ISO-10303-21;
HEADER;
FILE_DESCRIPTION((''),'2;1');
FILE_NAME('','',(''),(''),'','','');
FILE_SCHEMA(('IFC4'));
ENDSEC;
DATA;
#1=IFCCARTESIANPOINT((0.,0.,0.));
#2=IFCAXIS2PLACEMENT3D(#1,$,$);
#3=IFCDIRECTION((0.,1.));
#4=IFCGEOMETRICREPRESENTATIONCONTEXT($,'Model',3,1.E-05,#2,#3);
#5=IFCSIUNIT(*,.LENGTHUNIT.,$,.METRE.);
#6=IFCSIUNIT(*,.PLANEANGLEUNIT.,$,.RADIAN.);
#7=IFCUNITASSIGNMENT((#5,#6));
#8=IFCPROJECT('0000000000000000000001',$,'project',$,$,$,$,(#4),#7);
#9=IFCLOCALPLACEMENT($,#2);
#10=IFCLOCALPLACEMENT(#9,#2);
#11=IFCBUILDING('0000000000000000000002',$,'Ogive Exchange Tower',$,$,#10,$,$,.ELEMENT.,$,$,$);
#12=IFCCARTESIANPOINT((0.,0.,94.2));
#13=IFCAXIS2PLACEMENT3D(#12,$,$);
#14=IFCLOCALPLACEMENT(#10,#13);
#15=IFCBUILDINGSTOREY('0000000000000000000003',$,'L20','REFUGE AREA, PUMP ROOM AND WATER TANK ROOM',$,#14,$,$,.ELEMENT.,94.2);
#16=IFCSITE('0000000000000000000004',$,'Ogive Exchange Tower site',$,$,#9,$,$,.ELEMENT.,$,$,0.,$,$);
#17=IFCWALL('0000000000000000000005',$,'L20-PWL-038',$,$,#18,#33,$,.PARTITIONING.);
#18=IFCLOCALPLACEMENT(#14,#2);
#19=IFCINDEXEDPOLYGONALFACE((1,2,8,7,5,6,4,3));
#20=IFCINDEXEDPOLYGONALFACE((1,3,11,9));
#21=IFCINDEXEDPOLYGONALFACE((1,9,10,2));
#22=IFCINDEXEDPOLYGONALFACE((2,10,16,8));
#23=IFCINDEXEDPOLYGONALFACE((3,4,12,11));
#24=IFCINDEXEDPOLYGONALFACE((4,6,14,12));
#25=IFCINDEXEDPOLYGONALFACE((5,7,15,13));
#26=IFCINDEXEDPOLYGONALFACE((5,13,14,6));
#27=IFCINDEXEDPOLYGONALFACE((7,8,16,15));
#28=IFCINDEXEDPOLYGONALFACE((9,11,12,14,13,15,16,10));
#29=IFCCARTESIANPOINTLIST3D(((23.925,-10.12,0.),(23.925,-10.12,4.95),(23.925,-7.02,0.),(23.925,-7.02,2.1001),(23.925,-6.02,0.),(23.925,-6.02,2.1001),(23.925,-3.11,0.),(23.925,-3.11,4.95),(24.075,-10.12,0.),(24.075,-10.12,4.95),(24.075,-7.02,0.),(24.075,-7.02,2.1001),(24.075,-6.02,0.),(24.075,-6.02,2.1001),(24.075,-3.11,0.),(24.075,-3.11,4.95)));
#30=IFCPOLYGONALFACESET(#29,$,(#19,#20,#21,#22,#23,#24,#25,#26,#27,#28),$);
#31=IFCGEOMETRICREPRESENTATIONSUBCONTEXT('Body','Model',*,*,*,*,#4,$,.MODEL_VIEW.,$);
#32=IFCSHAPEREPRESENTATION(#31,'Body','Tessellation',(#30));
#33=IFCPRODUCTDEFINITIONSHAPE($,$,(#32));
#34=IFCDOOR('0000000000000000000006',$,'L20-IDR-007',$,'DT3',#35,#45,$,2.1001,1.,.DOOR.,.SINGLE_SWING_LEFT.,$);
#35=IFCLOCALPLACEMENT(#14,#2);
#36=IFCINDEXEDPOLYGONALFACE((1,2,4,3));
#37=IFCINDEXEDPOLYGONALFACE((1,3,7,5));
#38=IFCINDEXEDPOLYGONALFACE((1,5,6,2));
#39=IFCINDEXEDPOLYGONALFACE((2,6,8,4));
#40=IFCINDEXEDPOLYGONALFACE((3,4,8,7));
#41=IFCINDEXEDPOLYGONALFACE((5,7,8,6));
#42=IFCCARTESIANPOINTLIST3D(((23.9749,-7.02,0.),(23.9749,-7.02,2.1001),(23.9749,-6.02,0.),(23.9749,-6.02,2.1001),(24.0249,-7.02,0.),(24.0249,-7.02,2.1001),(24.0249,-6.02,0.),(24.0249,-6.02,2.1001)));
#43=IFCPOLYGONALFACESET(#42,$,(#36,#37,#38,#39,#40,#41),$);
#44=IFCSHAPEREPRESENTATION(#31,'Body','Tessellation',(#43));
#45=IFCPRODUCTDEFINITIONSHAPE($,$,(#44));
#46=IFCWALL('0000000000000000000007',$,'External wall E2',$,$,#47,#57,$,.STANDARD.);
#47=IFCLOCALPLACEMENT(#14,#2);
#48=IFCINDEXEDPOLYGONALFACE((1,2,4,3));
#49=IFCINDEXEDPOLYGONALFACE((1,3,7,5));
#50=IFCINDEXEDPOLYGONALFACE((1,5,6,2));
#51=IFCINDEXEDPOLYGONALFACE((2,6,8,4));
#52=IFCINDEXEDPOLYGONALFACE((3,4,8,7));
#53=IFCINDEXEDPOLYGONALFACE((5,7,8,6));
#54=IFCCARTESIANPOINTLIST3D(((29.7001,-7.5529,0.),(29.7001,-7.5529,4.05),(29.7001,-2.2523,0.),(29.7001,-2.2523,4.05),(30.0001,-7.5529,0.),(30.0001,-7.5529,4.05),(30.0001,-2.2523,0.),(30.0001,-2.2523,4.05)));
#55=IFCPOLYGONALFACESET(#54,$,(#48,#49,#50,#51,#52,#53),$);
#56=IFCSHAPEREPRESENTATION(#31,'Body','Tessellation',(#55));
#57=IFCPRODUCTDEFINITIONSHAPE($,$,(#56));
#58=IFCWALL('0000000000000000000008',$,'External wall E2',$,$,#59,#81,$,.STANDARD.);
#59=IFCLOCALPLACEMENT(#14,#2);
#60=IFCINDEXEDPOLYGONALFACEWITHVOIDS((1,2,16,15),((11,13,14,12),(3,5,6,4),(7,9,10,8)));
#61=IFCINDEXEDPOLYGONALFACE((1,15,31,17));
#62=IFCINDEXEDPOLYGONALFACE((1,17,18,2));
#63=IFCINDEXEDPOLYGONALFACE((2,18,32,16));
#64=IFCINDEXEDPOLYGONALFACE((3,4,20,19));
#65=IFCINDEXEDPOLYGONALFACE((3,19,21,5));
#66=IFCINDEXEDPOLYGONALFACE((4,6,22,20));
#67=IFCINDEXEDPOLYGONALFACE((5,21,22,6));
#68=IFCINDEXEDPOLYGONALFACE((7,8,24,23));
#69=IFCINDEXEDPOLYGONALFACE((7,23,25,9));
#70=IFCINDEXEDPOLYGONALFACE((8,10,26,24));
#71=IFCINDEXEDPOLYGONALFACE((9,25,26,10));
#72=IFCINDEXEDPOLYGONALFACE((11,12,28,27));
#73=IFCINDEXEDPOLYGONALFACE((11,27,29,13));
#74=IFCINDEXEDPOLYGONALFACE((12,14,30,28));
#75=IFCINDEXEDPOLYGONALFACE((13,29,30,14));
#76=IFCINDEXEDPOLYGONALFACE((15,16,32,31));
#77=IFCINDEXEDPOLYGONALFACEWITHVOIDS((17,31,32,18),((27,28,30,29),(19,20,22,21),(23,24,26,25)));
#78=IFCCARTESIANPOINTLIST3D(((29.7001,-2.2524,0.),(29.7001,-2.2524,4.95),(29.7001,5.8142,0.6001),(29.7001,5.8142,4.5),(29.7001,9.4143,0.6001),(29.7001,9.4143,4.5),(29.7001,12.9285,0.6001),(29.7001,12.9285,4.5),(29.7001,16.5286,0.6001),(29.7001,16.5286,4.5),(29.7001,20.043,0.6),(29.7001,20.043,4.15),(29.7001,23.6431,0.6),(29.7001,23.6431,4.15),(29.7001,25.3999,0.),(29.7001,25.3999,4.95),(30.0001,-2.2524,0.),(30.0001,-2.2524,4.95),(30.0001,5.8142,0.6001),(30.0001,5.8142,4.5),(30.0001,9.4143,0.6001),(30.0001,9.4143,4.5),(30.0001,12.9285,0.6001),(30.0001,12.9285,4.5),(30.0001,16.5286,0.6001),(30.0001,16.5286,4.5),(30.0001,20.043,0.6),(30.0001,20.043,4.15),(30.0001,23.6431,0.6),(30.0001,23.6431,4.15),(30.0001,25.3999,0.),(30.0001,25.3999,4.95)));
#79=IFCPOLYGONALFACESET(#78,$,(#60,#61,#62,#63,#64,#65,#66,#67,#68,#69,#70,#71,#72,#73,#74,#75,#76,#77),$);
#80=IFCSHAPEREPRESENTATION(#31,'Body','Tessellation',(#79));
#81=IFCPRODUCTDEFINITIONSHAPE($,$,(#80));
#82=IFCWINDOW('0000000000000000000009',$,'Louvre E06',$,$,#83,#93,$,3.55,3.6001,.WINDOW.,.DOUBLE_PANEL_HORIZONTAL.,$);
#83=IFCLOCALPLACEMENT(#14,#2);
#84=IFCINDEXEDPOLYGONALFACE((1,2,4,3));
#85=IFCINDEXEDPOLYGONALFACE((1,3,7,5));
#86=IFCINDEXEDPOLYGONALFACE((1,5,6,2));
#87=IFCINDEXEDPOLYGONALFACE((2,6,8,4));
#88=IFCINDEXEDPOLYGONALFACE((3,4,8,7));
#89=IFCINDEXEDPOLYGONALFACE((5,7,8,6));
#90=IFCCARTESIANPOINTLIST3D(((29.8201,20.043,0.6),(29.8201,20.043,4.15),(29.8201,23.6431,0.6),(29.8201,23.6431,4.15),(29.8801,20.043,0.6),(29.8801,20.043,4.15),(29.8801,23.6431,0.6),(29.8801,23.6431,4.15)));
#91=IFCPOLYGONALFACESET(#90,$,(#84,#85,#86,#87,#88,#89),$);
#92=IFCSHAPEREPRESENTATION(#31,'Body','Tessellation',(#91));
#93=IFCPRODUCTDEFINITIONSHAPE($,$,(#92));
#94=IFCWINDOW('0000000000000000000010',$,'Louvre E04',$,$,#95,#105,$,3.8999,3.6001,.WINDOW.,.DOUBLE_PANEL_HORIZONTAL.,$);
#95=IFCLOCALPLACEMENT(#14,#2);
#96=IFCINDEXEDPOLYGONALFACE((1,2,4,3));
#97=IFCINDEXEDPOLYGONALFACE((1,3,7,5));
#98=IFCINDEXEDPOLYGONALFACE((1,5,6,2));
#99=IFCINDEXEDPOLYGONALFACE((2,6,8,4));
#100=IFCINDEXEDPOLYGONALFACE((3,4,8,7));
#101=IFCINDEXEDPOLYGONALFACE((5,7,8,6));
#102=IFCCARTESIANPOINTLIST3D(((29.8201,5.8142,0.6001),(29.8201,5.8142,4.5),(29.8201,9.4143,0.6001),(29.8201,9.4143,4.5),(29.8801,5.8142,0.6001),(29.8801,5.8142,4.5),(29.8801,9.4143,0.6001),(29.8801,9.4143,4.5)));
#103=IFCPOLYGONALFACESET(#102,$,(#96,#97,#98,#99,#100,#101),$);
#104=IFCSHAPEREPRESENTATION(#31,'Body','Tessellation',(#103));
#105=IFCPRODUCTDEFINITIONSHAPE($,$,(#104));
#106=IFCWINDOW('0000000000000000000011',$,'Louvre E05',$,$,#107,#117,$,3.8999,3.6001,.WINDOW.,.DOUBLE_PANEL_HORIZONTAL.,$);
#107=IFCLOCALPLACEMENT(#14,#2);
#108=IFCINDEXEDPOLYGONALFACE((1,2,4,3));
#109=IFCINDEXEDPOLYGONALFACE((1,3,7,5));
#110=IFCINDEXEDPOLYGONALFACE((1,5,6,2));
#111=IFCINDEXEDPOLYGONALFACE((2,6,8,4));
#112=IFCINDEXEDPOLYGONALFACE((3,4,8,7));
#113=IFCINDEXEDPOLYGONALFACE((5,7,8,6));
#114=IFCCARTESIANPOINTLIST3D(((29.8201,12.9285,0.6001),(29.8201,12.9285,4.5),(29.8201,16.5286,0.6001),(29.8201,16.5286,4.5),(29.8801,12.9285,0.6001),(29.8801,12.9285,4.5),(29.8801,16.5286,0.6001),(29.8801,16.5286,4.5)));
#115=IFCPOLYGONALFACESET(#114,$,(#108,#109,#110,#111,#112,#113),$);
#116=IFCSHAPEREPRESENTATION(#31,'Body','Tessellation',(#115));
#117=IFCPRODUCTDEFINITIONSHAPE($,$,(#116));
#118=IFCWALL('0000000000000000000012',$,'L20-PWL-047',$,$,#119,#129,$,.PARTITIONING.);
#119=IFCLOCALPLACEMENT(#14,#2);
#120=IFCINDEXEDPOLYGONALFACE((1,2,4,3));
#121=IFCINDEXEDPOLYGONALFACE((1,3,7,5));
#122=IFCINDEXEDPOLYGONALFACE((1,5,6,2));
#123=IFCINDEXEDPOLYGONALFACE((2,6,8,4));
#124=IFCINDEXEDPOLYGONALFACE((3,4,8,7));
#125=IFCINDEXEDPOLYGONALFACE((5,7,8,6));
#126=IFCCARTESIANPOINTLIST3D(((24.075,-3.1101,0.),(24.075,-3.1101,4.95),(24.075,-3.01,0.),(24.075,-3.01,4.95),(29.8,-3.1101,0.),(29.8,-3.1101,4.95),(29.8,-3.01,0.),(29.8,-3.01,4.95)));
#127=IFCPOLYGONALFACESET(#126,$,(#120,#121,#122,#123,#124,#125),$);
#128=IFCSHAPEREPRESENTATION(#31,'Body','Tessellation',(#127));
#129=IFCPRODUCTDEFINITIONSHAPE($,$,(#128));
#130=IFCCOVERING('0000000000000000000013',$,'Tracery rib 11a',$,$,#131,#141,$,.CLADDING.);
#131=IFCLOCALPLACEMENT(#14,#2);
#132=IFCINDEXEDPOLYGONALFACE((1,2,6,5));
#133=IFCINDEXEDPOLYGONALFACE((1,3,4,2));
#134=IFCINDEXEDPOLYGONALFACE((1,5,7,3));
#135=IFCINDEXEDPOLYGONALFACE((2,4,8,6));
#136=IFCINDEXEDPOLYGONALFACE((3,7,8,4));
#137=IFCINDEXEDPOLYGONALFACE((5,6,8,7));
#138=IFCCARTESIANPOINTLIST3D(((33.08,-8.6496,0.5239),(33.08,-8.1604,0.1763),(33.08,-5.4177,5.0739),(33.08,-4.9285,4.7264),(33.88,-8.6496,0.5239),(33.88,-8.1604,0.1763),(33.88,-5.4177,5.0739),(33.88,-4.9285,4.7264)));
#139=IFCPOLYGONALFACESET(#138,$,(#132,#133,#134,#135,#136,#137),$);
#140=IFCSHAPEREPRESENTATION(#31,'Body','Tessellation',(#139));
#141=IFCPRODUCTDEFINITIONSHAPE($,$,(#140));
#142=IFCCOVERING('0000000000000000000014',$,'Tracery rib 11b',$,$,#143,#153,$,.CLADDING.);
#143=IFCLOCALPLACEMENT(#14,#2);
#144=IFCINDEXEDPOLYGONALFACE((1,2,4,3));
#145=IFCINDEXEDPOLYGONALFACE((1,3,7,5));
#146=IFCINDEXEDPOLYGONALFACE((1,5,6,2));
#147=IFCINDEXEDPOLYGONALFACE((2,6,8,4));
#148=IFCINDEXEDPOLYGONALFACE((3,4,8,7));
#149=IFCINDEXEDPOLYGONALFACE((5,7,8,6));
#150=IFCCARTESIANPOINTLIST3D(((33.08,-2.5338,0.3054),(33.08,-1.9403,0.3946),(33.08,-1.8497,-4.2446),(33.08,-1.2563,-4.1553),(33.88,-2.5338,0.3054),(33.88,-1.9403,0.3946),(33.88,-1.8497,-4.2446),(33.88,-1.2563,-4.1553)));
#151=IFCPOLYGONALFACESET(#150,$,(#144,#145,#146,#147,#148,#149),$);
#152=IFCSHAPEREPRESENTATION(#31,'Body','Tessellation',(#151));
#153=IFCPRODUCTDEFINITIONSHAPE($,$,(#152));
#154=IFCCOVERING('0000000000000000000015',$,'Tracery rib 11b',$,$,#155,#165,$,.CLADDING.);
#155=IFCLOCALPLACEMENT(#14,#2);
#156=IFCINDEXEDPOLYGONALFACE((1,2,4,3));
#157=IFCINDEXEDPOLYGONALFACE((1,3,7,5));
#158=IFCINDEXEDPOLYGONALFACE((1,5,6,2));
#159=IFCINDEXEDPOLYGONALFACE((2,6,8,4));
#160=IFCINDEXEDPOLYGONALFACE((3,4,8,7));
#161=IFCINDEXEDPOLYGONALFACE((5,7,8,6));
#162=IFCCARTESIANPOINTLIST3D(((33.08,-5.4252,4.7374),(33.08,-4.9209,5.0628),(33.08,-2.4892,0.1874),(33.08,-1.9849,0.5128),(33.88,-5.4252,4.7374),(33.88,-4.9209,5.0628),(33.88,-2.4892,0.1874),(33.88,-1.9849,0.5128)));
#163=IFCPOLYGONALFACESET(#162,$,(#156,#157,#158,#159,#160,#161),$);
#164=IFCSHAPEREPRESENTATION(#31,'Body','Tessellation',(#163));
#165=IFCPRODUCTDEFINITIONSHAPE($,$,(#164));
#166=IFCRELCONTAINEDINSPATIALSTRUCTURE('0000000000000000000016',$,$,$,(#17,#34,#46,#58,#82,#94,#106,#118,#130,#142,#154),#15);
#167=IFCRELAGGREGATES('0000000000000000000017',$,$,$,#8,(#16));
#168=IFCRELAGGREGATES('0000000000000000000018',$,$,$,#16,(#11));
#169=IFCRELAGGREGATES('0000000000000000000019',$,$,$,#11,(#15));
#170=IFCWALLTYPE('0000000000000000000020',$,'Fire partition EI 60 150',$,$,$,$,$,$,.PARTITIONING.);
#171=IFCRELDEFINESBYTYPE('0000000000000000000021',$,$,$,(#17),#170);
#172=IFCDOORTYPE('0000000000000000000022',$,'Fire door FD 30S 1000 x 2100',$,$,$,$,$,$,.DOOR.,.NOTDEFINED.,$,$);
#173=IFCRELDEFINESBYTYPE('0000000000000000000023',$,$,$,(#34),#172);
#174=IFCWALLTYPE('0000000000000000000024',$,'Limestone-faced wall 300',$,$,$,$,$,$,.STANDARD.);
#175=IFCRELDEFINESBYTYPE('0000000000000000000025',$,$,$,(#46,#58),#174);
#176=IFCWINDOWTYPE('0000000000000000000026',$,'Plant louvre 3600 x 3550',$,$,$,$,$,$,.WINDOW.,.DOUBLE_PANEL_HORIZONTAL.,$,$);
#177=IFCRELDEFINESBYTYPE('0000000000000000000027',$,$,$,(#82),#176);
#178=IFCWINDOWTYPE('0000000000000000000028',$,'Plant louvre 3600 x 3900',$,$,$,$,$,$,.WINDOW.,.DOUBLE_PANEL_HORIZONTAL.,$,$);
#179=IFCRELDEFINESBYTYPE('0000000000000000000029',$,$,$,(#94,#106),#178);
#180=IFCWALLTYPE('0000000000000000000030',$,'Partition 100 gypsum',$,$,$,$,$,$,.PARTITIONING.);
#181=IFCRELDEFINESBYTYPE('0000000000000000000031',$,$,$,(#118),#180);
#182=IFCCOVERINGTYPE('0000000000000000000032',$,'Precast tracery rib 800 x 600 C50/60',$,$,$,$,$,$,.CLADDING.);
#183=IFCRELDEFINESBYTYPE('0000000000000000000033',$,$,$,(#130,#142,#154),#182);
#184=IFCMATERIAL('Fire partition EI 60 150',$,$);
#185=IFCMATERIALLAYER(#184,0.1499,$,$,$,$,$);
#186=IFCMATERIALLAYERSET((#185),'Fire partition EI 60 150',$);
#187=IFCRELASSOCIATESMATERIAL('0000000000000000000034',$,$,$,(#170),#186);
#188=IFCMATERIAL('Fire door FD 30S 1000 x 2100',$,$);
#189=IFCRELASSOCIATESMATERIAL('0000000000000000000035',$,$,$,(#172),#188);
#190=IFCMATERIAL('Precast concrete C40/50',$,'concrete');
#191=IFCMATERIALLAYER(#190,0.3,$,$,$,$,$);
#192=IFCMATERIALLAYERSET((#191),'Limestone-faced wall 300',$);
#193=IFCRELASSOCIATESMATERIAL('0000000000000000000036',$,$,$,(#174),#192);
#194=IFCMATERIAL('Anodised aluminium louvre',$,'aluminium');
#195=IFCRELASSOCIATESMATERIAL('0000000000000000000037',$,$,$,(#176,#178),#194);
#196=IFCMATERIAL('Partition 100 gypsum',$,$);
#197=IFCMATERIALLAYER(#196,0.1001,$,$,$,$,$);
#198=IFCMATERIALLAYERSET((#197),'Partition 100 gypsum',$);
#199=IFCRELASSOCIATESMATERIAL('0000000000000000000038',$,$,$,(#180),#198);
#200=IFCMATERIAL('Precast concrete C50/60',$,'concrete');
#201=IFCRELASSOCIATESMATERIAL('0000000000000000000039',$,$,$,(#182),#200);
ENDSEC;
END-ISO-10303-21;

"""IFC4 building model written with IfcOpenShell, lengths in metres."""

from ifc_helpers import new_model, si_unit, direction, frame, frame_2d, origin, origin_2d, place, context, subcontext, project, spatial, rectangle, extrude, material, layer, layer_set, material_profile, profile_set, type_object, element, fill, save


model = new_model("IFC4")

# Units and contexts
model_context = context("Model", 3, precision=1e-05, world=origin(), true_north=direction((0.0, 1.0)))
body_context = subcontext(model_context, "Body", "Model", "MODEL_VIEW")
ifc_project = project(units=[si_unit("LENGTHUNIT", "METRE"), si_unit("PLANEANGLEUNIT", "RADIAN")], contexts=[model_context])

# Site, building, storey
site_placement = place(None, origin())
site = spatial("IfcSite", under=ifc_project, at=site_placement, Name="Ogive Exchange Tower site", CompositionType="ELEMENT", RefElevation=0.0)
building_placement = place(site_placement, origin())
building = spatial("IfcBuilding", under=site, at=building_placement, Name="Ogive Exchange Tower", CompositionType="ELEMENT")
storey_placement = place(building_placement, frame((0.0, 0.0, 94.2)))
storey = spatial("IfcBuildingStorey", under=building, at=storey_placement, Name="L20", Description="REFUGE AREA, PUMP ROOM AND WATER TANK ROOM", CompositionType="ELEMENT", Elevation=94.2)

# Wall, opening, door
ifc_material_1 = material(Name="Fire partition EI 60 150")
ifc_layer_1 = layer(ifc_material_1, 0.1499)
ifc_layer_set_1 = layer_set([ifc_layer_1], Name="Fire partition EI 60 150")
wall_type_1 = type_object("IfcWallType", Name="Fire partition EI 60 150", PredefinedType="PARTITIONING", material=ifc_layer_set_1)
wall_1_placement = place(storey_placement, frame((24.0, -3.1101, 0.0), z_axis=(0.0, 0.0, 1.0), x_axis=(0.0, -1.0, 0.0)))
wall_1 = element("IfcWall", 1, at=wall_1_placement, inside=storey, type_object=wall_type_1, Name="L20-PWL-038", PredefinedType="PARTITIONING", context=body_context, shape_type="SweptSolid", body=[
    extrude(rectangle(XDim=7.01, YDim=0.1499, at=frame_2d((3.5049, 0.0))), origin(), (0.0, 0.0, 1.0), 4.95),
])
opening_1_placement = place(wall_1_placement, frame((2.9099, 0.0, 0.0)))
opening_1 = element("IfcOpeningElement", 2, at=opening_1_placement, cuts=wall_1, PredefinedType="OPENING", context=body_context, shape_type="SweptSolid", body=[
    extrude(rectangle(XDim=1.0, YDim=2.1001, at=frame_2d((0.5, 1.05))), frame((0.0, 0.085, 0.0), z_axis=(0.0, -1.0, 0.0), x_axis=(1.0, 0.0, 0.0)), (0.0, 0.0, 1.0), 0.1699),
])
ifc_material_2 = material(Name="Fire door FD 30S 1000 x 2100")
door_type = type_object("IfcDoorType", Name="Fire door FD 30S 1000 x 2100", OperationType="NOTDEFINED", PredefinedType="DOOR", material=ifc_material_2)
door_placement = place(opening_1_placement, origin())
door = element("IfcDoor", 3, at=door_placement, inside=storey, type_object=door_type, Name="L20-IDR-007", ObjectType="DT3", OperationType="SINGLE_SWING_LEFT", OverallHeight=2.1001, OverallWidth=1.0, PredefinedType="DOOR", context=body_context, shape_type="SweptSolid", body=[
    extrude(rectangle(XDim=1.0, YDim=2.1001, at=frame_2d((0.5, 1.05))), frame((0.0, 0.0249, 0.0), z_axis=(0.0, -1.0, 0.0), x_axis=(1.0, 0.0, 0.0)), (0.0, 0.0, 1.0), 0.05),
])
fill(opening_1, door)

# Wall
ifc_material_3 = material(Name="Precast concrete C40/50", Category="concrete")
ifc_layer_2 = layer(ifc_material_3, 0.3)
ifc_layer_set_2 = layer_set([ifc_layer_2], Name="Limestone-faced wall 300")
wall_type_2 = type_object("IfcWallType", Name="Limestone-faced wall 300", PredefinedType="STANDARD", material=ifc_layer_set_2)
wall_2_placement = place(storey_placement, frame((29.8501, -7.553, 0.0), z_axis=(0.0, 0.0, 1.0), x_axis=(0.0, 1.0, 0.0)))
element("IfcWall", 4, at=wall_2_placement, inside=storey, type_object=wall_type_2, Name="External wall E2", PredefinedType="STANDARD", context=body_context, shape_type="SweptSolid", body=[
    extrude(rectangle(XDim=5.3005, YDim=0.3, at=frame_2d((2.6504, 0.0))), origin(), (0.0, 0.0, 1.0), 4.05),
])

# Wall, openings, windows
wall_3_placement = place(storey_placement, frame((29.8501, -2.2524, 0.0), z_axis=(0.0, 0.0, 1.0), x_axis=(0.0, 1.0, 0.0)))
wall_3 = element("IfcWall", 5, at=wall_3_placement, inside=storey, type_object=wall_type_2, Name="External wall E2", PredefinedType="STANDARD", context=body_context, shape_type="SweptSolid", body=[
    extrude(rectangle(XDim=27.6523, YDim=0.3, at=frame_2d((13.8262, 0.0))), origin(), (0.0, 0.0, 1.0), 4.95),
])
opening_2_placement = place(wall_3_placement, frame((8.0667, 0.0, 0.6001)))
opening_2 = element("IfcOpeningElement", 6, at=opening_2_placement, cuts=wall_3, PredefinedType="OPENING", context=body_context, shape_type="SweptSolid", body=[
    extrude(rectangle(XDim=3.6001, YDim=3.8999, at=frame_2d((1.8, 1.95))), frame((0.0, 0.1599, 0.0), z_axis=(0.0, -1.0, 0.0), x_axis=(1.0, 0.0, 0.0)), (0.0, 0.0, 1.0), 0.3201),
])
opening_3_placement = place(wall_3_placement, frame((15.1809, 0.0, 0.6001)))
opening_3 = element("IfcOpeningElement", 7, at=opening_3_placement, cuts=wall_3, PredefinedType="OPENING", context=body_context, shape_type="SweptSolid", body=[
    extrude(rectangle(XDim=3.6001, YDim=3.8999, at=frame_2d((1.8, 1.95))), frame((0.0, 0.1599, 0.0), z_axis=(0.0, -1.0, 0.0), x_axis=(1.0, 0.0, 0.0)), (0.0, 0.0, 1.0), 0.3201),
])
opening_4_placement = place(wall_3_placement, frame((22.2954, 0.0, 0.6001)))
opening_4 = element("IfcOpeningElement", 8, at=opening_4_placement, cuts=wall_3, PredefinedType="OPENING", context=body_context, shape_type="SweptSolid", body=[
    extrude(rectangle(XDim=3.6001, YDim=3.55, at=frame_2d((1.8, 1.7749))), frame((0.0, 0.1599, 0.0), z_axis=(0.0, -1.0, 0.0), x_axis=(1.0, 0.0, 0.0)), (0.0, 0.0, 1.0), 0.3201),
])
ifc_material_4 = material(Name="Anodised aluminium louvre", Category="aluminium")
window_type_1 = type_object("IfcWindowType", Name="Plant louvre 3600 x 3550", PartitioningType="DOUBLE_PANEL_HORIZONTAL", PredefinedType="WINDOW", material=ifc_material_4)
window_1_placement = place(opening_4_placement, origin())
window_1 = element("IfcWindow", 9, at=window_1_placement, inside=storey, type_object=window_type_1, Name="Louvre E06", OverallHeight=3.55, OverallWidth=3.6001, PartitioningType="DOUBLE_PANEL_HORIZONTAL", PredefinedType="WINDOW", context=body_context, shape_type="SweptSolid", body=[
    extrude(rectangle(XDim=3.6001, YDim=3.55, at=frame_2d((1.8, 1.7749))), frame((0.0, 0.03, 0.0), z_axis=(0.0, -1.0, 0.0), x_axis=(1.0, 0.0, 0.0)), (0.0, 0.0, 1.0), 0.0601),
])
fill(opening_4, window_1)
window_type_2 = type_object("IfcWindowType", Name="Plant louvre 3600 x 3900", PartitioningType="DOUBLE_PANEL_HORIZONTAL", PredefinedType="WINDOW", material=ifc_material_4)
window_2_placement = place(opening_2_placement, origin())
window_2 = element("IfcWindow", 10, at=window_2_placement, inside=storey, type_object=window_type_2, Name="Louvre E04", OverallHeight=3.8999, OverallWidth=3.6001, PartitioningType="DOUBLE_PANEL_HORIZONTAL", PredefinedType="WINDOW", context=body_context, shape_type="SweptSolid", body=[
    extrude(rectangle(XDim=3.6001, YDim=3.8999, at=frame_2d((1.8, 1.95))), frame((0.0, 0.03, 0.0), z_axis=(0.0, -1.0, 0.0), x_axis=(1.0, 0.0, 0.0)), (0.0, 0.0, 1.0), 0.0601),
])
fill(opening_2, window_2)
window_3_placement = place(opening_3_placement, origin())
window_3 = element("IfcWindow", 11, at=window_3_placement, inside=storey, type_object=window_type_2, Name="Louvre E05", OverallHeight=3.8999, OverallWidth=3.6001, PartitioningType="DOUBLE_PANEL_HORIZONTAL", PredefinedType="WINDOW", context=body_context, shape_type="SweptSolid", body=[
    extrude(rectangle(XDim=3.6001, YDim=3.8999, at=frame_2d((1.8, 1.95))), frame((0.0, 0.03, 0.0), z_axis=(0.0, -1.0, 0.0), x_axis=(1.0, 0.0, 0.0)), (0.0, 0.0, 1.0), 0.0601),
])
fill(opening_3, window_3)

# Wall
ifc_material_5 = material(Name="Partition 100 gypsum")
ifc_layer_3 = layer(ifc_material_5, 0.1001)
ifc_layer_set_3 = layer_set([ifc_layer_3], Name="Partition 100 gypsum")
wall_type_3 = type_object("IfcWallType", Name="Partition 100 gypsum", PredefinedType="PARTITIONING", material=ifc_layer_set_3)
wall_4_placement = place(storey_placement, frame((29.8, -3.0601, 0.0), z_axis=(0.0, 0.0, 1.0), x_axis=(-1.0, 0.0, 0.0)))
element("IfcWall", 12, at=wall_4_placement, inside=storey, type_object=wall_type_3, Name="L20-PWL-047", PredefinedType="PARTITIONING", context=body_context, shape_type="SweptSolid", body=[
    extrude(rectangle(XDim=5.7251, YDim=0.1001, at=frame_2d((2.8625, 0.0))), origin(), (0.0, 0.0, 1.0), 4.95),
])

# Coverings
ifc_material_6 = material(Name="Precast concrete C50/60", Category="concrete")
ifc_material_profile_1 = material_profile(ifc_material_6, rectangle(XDim=0.8, YDim=0.6001, at=origin_2d()), Name="RIB 800 x 600")
ifc_profile_set_1 = profile_set([ifc_material_profile_1], Name="Precast concrete C50/60")
covering_type = type_object("IfcCoveringType", Name="Precast tracery rib 800 x 600 C50/60", PredefinedType="CLADDING", material=ifc_profile_set_1)
covering_1_placement = place(storey_placement, frame((33.48, -8.405, 0.3501), z_axis=(0.0, 0.579089, 0.815265), x_axis=(-1.0, 0.0, 0.0)))
element("IfcCovering", 13, at=covering_1_placement, inside=storey, type_object=covering_type, Name="Tracery rib 11a", PredefinedType="CLADDING", context=body_context, shape_type="SweptSolid", body=[
    extrude(rectangle(XDim=0.8, YDim=0.6001, at=origin_2d()), origin(), (0.0, 0.0, 1.0), 5.5811),
])
covering_2_placement = place(storey_placement, frame((33.48, -1.553, -4.2), z_axis=(0.0, -0.148675, 0.988886), x_axis=(1.0, 0.0, 0.0)))
element("IfcCovering", 14, at=covering_2_placement, inside=storey, type_object=covering_type, Name="Tracery rib 11b", PredefinedType="CLADDING", context=body_context, shape_type="SweptSolid", body=[
    extrude(rectangle(XDim=0.8, YDim=0.6001, at=origin_2d()), origin(), (0.0, 0.0, 1.0), 4.6011),
])
covering_3_placement = place(storey_placement, frame((33.48, -2.2371, 0.3501), z_axis=(0.0, -0.542195, 0.840253), x_axis=(1.0, 0.0, 0.0)))
element("IfcCovering", 15, at=covering_3_placement, inside=storey, type_object=covering_type, Name="Tracery rib 11b", PredefinedType="CLADDING", context=body_context, shape_type="SweptSolid", body=[
    extrude(rectangle(XDim=0.8, YDim=0.6001, at=origin_2d()), origin(), (0.0, 0.0, 1.0), 5.415),
])

save(model, "model.ifc")
